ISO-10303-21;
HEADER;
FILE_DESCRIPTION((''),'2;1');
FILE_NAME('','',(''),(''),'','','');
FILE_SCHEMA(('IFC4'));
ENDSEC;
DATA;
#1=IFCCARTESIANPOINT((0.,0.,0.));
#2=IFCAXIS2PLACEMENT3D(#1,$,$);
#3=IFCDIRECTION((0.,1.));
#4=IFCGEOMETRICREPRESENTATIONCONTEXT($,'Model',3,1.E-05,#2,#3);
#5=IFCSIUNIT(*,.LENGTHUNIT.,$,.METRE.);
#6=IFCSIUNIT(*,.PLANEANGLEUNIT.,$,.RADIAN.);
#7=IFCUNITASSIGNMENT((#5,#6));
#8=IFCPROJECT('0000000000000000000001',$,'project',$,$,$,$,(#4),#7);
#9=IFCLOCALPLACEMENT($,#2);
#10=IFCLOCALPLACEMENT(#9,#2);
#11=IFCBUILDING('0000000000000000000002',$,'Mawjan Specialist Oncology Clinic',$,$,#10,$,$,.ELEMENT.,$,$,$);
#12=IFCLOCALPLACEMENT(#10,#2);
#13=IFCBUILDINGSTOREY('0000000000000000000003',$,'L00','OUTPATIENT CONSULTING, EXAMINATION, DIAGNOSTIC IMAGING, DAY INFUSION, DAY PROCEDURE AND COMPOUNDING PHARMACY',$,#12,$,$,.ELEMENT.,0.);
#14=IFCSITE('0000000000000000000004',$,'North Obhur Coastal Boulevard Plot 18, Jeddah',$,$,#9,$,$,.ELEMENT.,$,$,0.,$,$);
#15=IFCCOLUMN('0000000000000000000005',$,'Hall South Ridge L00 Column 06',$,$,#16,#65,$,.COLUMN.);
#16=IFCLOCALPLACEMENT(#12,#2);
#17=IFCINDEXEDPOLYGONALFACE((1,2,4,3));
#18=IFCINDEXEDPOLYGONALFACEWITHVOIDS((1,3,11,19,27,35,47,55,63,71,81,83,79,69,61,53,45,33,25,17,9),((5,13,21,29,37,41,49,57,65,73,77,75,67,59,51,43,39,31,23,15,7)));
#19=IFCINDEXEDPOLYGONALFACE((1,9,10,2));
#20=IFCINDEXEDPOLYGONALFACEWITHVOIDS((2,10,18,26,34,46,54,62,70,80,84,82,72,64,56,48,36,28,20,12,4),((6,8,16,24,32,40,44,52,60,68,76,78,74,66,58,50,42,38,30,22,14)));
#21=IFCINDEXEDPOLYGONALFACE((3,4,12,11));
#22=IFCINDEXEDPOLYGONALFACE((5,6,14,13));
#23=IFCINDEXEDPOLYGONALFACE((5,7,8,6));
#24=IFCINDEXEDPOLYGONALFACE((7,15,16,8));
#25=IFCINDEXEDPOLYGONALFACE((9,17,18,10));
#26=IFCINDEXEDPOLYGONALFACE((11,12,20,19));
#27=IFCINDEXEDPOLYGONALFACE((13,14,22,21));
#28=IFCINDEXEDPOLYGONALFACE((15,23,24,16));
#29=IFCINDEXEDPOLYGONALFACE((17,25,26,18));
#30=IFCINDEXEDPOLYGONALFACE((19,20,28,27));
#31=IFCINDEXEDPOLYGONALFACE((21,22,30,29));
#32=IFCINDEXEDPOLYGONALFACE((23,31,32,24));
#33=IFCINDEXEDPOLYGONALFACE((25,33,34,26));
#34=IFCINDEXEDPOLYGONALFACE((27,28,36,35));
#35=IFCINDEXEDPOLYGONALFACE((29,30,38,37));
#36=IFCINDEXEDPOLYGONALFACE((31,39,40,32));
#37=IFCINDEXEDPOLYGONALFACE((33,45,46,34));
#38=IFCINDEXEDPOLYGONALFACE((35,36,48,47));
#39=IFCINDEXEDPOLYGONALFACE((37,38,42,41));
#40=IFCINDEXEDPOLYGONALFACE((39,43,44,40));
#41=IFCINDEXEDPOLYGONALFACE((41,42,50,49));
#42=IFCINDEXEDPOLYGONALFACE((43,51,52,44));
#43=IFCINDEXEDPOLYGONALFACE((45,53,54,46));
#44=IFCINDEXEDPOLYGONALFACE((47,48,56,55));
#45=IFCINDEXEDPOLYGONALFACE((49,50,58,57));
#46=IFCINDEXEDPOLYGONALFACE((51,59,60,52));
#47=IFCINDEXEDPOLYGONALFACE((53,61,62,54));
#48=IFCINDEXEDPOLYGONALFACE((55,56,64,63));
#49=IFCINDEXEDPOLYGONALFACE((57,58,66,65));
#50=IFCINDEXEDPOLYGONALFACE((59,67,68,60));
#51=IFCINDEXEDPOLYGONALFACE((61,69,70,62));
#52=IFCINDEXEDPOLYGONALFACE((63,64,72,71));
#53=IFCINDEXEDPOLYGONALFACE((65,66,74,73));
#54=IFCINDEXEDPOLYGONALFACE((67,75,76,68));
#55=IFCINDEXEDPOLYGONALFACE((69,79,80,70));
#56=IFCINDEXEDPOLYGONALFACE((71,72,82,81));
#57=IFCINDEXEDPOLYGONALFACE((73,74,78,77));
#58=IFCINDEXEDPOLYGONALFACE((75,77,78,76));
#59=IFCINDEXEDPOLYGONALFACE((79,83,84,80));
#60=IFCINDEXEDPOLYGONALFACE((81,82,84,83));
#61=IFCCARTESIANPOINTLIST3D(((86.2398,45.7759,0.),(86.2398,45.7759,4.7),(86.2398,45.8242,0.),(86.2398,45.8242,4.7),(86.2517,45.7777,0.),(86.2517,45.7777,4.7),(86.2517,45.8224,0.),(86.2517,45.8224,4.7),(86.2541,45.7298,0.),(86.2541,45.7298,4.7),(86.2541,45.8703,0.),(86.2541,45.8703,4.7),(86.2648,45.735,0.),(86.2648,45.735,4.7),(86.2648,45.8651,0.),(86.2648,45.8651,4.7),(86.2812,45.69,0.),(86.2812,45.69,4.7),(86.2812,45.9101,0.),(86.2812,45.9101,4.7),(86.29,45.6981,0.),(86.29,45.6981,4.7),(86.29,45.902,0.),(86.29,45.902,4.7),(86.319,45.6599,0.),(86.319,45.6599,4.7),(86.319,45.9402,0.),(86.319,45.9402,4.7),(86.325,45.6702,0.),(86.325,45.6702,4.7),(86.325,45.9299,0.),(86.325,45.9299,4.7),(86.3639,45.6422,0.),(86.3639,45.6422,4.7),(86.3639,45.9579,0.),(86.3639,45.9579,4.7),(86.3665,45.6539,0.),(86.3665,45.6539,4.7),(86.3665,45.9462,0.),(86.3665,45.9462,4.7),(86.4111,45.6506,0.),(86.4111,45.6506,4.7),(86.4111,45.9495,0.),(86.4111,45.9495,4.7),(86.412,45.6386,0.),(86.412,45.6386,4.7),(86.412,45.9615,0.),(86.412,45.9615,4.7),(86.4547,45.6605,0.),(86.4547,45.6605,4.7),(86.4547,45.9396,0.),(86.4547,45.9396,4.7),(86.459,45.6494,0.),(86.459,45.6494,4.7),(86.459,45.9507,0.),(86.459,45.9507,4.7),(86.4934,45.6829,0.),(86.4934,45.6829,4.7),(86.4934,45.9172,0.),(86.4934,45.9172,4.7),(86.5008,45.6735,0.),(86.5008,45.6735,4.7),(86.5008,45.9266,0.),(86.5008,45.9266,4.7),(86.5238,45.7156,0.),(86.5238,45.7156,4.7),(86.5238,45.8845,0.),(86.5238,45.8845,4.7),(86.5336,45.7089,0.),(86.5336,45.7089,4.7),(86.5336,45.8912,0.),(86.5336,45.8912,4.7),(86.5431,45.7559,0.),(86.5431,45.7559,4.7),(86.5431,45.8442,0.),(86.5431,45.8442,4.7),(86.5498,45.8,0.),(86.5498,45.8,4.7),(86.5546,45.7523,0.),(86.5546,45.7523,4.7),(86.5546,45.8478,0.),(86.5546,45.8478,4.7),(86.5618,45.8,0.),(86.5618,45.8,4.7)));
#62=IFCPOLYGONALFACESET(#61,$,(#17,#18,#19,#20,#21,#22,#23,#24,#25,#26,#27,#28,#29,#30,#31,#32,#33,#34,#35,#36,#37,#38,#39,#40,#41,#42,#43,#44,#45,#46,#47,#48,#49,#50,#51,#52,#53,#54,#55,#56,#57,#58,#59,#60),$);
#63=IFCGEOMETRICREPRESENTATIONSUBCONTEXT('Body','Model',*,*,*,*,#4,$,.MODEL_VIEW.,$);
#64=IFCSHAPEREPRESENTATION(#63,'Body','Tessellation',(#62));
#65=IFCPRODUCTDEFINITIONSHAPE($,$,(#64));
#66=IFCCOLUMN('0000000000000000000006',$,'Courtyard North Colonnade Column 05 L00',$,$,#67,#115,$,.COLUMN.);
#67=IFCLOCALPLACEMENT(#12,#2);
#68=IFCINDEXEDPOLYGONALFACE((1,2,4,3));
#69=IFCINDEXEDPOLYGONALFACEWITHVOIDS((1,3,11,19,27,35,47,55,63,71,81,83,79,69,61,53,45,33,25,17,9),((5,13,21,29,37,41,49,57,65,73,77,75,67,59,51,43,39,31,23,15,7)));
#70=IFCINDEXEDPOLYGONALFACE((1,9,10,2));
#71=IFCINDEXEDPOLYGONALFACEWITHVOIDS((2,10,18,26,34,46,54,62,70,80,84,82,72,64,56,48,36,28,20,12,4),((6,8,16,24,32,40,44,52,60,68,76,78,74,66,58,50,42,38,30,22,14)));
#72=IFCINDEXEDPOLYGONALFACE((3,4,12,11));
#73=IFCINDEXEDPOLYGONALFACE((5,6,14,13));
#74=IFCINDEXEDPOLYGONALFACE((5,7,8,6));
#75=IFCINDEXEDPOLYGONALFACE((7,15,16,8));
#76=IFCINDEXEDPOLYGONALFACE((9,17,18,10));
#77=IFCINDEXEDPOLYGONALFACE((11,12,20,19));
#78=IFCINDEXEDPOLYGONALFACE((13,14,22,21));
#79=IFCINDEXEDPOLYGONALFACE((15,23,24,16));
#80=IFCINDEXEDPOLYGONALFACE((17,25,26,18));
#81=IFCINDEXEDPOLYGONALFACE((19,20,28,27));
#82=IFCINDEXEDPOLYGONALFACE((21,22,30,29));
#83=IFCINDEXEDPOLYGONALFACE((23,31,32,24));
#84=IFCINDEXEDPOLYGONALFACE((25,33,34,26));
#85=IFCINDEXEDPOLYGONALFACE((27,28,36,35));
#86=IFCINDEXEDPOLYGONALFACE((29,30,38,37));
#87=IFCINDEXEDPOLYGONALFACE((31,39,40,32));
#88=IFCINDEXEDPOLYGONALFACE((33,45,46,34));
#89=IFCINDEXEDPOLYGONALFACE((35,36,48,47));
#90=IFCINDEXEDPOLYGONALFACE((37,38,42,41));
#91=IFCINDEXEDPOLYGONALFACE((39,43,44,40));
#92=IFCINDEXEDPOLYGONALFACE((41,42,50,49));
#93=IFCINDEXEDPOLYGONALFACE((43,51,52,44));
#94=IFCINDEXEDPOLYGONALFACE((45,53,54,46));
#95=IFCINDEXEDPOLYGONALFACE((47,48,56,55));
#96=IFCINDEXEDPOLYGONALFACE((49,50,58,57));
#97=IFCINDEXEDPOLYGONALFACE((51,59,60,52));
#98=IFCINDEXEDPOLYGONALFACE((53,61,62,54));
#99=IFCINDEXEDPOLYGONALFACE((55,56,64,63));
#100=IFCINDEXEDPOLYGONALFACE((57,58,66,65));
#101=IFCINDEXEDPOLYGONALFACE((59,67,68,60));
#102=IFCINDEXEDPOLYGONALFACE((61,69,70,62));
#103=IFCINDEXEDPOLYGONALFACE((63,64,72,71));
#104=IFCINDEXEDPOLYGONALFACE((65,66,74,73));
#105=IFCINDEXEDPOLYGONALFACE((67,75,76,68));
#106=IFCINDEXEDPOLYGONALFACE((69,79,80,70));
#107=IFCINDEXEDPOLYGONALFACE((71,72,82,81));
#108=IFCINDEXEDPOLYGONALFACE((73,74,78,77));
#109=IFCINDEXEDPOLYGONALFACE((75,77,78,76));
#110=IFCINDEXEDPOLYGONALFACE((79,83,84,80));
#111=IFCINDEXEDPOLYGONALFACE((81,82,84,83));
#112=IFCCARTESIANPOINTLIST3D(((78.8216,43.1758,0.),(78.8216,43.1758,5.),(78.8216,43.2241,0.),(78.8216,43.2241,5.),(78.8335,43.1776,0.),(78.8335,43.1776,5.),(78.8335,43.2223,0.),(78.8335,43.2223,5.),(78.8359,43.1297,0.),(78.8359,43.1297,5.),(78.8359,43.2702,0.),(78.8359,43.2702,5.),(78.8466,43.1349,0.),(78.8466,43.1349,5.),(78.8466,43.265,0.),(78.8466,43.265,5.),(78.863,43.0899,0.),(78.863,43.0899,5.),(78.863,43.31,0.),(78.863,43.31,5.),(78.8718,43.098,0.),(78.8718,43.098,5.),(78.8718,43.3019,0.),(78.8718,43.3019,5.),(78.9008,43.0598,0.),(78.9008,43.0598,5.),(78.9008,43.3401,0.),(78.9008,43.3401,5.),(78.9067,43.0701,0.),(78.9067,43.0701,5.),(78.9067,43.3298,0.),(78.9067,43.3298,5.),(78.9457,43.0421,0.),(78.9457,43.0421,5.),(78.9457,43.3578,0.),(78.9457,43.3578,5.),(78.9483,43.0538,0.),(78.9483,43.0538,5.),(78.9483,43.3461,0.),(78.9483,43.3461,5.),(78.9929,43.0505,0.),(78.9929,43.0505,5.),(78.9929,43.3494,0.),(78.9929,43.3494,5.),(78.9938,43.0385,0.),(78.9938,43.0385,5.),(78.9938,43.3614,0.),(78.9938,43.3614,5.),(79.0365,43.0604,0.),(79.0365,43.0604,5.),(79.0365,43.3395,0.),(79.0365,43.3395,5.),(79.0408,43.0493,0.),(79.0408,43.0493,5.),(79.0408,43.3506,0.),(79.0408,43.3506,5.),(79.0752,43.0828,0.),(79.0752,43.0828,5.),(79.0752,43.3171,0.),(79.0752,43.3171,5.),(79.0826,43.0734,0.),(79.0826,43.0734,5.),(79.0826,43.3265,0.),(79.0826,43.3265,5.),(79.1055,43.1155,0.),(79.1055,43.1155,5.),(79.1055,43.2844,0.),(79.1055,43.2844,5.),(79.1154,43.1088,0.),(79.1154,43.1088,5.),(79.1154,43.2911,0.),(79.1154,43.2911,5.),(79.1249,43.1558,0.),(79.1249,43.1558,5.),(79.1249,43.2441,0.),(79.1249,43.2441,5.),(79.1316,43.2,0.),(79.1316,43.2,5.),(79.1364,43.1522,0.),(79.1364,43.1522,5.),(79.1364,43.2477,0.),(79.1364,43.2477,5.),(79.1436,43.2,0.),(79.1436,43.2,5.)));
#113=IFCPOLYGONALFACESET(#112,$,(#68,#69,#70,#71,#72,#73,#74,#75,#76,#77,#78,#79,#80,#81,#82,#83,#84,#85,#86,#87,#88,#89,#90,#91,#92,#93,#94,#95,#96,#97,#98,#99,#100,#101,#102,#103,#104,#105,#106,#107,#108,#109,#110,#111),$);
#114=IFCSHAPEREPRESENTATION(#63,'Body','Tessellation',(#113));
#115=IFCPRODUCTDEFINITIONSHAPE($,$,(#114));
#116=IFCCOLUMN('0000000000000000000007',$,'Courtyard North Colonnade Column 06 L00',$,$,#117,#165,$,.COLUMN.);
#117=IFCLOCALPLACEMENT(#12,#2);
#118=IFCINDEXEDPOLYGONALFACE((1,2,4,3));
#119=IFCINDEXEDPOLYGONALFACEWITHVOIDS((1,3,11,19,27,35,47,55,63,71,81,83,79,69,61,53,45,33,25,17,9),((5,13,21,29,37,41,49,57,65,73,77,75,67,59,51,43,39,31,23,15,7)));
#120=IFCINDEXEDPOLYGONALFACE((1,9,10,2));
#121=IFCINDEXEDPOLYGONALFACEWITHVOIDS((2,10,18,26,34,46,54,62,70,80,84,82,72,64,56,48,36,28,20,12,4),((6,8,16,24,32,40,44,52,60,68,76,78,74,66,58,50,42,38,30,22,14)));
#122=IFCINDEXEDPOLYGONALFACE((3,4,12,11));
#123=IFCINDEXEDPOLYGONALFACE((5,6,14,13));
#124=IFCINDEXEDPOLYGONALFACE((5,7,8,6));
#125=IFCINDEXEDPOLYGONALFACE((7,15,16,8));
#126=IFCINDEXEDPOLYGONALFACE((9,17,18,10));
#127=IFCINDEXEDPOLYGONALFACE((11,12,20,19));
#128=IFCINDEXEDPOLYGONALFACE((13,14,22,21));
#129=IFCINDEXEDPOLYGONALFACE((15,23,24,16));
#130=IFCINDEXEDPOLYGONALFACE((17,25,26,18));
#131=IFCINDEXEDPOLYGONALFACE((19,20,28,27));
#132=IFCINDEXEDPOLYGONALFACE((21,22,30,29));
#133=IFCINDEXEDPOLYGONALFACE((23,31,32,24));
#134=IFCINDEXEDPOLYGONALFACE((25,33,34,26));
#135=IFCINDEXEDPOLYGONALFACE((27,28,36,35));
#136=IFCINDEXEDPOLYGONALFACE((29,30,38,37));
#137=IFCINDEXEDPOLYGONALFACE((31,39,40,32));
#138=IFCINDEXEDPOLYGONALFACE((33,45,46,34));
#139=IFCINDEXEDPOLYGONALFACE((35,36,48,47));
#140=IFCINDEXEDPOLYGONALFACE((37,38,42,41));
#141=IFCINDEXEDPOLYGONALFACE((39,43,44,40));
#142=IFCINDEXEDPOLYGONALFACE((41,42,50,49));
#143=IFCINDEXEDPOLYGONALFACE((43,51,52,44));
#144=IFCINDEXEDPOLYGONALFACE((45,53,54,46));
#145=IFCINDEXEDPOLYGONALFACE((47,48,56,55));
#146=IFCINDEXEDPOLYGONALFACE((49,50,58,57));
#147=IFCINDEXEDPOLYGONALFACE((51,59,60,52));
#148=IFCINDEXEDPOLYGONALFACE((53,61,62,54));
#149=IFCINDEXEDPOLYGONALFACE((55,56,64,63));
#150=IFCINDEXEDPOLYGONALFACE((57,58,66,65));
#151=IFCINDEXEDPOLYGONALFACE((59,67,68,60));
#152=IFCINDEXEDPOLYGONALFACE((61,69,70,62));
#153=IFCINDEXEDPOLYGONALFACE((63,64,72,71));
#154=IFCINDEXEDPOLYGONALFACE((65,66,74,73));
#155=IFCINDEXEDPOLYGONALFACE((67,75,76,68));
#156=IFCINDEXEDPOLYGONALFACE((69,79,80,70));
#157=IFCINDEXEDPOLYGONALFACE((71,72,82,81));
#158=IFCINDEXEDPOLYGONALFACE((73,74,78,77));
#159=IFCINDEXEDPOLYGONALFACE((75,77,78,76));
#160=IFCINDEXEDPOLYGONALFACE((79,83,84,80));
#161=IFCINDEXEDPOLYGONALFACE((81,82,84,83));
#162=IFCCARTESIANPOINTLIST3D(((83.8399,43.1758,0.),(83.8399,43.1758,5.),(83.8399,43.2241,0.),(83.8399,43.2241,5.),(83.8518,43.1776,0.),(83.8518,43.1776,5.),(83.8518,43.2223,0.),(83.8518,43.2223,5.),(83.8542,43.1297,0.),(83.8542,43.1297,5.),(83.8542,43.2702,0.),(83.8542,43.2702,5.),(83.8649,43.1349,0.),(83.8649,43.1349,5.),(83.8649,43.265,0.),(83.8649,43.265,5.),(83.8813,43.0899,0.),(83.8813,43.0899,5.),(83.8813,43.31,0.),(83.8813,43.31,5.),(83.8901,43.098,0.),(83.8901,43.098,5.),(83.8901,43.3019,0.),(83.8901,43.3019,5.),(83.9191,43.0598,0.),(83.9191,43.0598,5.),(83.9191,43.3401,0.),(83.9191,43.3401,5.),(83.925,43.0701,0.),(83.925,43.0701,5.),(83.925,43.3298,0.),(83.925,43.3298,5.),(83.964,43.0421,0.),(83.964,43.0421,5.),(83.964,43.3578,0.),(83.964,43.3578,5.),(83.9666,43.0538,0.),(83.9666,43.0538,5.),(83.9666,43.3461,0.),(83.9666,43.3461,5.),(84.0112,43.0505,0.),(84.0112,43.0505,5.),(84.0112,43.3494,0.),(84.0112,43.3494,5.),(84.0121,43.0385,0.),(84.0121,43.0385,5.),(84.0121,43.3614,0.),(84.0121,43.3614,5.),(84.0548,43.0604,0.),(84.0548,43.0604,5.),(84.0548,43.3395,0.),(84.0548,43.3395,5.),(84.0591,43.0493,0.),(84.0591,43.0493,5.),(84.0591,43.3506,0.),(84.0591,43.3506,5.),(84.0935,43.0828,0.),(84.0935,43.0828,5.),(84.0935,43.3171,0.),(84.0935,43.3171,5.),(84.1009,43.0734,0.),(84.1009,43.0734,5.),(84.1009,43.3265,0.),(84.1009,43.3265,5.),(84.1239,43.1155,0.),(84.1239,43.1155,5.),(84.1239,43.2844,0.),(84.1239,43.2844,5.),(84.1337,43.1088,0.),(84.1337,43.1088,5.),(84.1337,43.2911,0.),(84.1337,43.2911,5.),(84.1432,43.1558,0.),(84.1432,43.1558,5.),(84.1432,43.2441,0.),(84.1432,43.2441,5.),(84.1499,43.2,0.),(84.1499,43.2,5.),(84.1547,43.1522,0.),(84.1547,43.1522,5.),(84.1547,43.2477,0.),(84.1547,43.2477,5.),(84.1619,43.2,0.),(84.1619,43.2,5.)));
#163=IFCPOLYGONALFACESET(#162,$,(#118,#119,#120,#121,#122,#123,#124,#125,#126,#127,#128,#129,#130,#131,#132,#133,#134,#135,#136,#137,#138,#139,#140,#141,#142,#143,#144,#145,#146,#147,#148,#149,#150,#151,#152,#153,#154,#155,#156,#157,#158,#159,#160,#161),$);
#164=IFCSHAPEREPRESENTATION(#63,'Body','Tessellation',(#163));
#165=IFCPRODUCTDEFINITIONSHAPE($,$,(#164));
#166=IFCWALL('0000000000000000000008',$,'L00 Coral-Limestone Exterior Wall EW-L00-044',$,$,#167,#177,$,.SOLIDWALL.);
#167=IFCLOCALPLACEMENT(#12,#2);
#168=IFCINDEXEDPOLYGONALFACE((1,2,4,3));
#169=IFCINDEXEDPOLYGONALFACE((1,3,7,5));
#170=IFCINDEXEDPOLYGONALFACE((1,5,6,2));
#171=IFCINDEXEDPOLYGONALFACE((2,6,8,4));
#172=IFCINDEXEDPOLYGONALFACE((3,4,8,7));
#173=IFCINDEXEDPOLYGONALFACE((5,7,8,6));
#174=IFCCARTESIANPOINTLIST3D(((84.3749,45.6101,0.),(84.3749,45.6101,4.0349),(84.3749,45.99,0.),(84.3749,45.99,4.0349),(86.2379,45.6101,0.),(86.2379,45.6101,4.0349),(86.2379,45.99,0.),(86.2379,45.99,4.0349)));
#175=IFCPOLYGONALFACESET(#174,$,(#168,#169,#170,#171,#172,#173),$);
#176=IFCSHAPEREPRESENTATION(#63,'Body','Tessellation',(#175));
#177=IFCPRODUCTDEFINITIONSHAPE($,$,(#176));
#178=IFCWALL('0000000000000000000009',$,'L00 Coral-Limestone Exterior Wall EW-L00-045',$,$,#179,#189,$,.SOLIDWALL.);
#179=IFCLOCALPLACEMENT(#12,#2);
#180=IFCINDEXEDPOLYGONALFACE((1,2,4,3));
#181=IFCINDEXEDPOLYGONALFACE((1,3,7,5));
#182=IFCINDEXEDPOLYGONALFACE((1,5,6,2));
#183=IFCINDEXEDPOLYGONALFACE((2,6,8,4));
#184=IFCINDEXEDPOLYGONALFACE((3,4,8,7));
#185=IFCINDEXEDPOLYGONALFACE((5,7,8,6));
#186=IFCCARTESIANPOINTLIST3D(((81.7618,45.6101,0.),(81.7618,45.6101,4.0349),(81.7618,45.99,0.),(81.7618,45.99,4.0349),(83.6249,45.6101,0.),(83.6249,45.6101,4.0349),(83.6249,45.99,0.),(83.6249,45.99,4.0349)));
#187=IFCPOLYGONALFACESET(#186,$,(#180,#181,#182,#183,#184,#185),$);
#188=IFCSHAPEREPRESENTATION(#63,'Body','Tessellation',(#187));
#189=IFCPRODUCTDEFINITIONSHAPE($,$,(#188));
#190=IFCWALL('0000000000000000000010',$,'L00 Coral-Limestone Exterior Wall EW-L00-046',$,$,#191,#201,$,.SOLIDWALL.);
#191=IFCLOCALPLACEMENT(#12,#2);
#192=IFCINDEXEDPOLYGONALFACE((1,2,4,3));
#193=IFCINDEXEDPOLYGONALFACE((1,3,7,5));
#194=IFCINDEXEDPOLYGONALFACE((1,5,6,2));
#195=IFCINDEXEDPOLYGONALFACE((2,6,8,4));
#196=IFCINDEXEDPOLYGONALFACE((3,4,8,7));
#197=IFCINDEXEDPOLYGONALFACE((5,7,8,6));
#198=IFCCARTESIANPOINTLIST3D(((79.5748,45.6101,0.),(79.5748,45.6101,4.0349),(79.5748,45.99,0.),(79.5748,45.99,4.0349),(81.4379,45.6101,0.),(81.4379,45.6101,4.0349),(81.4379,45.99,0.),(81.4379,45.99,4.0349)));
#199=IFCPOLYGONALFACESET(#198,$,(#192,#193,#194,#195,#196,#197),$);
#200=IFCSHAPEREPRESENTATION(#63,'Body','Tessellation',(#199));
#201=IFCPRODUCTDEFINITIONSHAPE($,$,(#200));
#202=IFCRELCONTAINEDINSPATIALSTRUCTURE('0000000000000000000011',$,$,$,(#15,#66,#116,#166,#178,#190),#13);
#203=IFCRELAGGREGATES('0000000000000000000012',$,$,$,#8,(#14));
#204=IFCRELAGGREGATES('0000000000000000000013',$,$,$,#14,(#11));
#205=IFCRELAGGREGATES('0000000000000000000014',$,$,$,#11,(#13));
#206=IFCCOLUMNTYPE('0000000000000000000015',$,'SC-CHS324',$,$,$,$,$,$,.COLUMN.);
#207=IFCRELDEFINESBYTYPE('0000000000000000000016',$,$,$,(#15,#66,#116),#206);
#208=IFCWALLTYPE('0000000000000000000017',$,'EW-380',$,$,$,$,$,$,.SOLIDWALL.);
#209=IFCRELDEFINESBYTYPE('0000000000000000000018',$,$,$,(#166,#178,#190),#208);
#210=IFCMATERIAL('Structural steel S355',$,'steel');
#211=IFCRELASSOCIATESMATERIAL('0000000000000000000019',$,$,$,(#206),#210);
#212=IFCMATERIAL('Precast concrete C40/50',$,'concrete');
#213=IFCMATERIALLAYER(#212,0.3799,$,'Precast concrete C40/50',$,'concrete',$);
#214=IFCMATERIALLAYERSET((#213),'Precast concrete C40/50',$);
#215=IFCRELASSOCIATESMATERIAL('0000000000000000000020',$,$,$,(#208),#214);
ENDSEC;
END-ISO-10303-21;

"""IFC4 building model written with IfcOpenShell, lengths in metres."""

from ifc_helpers import new_model, si_unit, direction, frame, frame_2d, origin, origin_2d, place, context, subcontext, project, spatial, rectangle, hollow_circle, extrude, material, layer, layer_set, material_profile, profile_set, type_object, element, save


model = new_model("IFC4")

# Units and contexts
model_context = context("Model", 3, precision=1e-05, world=origin(), true_north=direction((0.0, 1.0)))
body_context = subcontext(model_context, "Body", "Model", "MODEL_VIEW")
ifc_project = project(units=[si_unit("LENGTHUNIT", "METRE"), si_unit("PLANEANGLEUNIT", "RADIAN")], contexts=[model_context])

# Site, building, storey
site_placement = place(None, origin())
site = spatial("IfcSite", under=ifc_project, at=site_placement, Name="North Obhur Coastal Boulevard Plot 18, Jeddah", CompositionType="ELEMENT", RefElevation=0.0)
building_placement = place(site_placement, origin())
building = spatial("IfcBuilding", under=site, at=building_placement, Name="Mawjan Specialist Oncology Clinic", CompositionType="ELEMENT")
storey_placement = place(building_placement, origin())
storey = spatial("IfcBuildingStorey", under=building, at=storey_placement, Name="L00", Description="OUTPATIENT CONSULTING, EXAMINATION, DIAGNOSTIC IMAGING, DAY INFUSION, DAY PROCEDURE AND COMPOUNDING PHARMACY", CompositionType="ELEMENT", Elevation=0.0)

# Columns
ifc_material_1 = material(Name="Structural steel S355", Category="steel")
ifc_material_profile_1 = material_profile(ifc_material_1, hollow_circle(Radius=0.1619, WallThickness=0.012, at=origin_2d()), Name="CHS 323.9x12", Category="steel")
ifc_profile_set_1 = profile_set([ifc_material_profile_1], Name="Structural steel S355")
column_type_1 = type_object("IfcColumnType", Name="SC-CHS324", PredefinedType="COLUMN", material=ifc_profile_set_1)
for number, where, z_axis, x_axis, name in (
    (1, (86.3999, 45.8, 0.0), (0.0, 0.0, 1.0), (1.0, 0.0, 0.0), "Hall South Ridge L00 Column 06"),
):
    element("IfcColumn", number, at=place(storey_placement, frame(where, z_axis=z_axis, x_axis=x_axis)), inside=storey, type_object=column_type_1, Name=name, PredefinedType="COLUMN", context=body_context, shape_type="SweptSolid", body=[
        extrude(hollow_circle(Radius=0.1619, WallThickness=0.012, at=origin_2d()), origin(), (0.0, 0.0, 1.0), 4.7),
    ])
for number, where, z_axis, x_axis, name in (
    (2, (78.9817, 43.2, 0.0), (0.0, 0.0, 1.0), (1.0, 0.0, 0.0), "Courtyard North Colonnade Column 05 L00"),
    (3, (84.0, 43.2, 0.0), (0.0, 0.0, 1.0), (1.0, 0.0, 0.0), "Courtyard North Colonnade Column 06 L00"),
):
    element("IfcColumn", number, at=place(storey_placement, frame(where, z_axis=z_axis, x_axis=x_axis)), inside=storey, type_object=column_type_1, Name=name, PredefinedType="COLUMN", context=body_context, shape_type="SweptSolid", body=[
        extrude(hollow_circle(Radius=0.1619, WallThickness=0.012, at=origin_2d()), origin(), (0.0, 0.0, 1.0), 5.0),
    ])

# Walls
ifc_material_2 = material(Name="Precast concrete C40/50", Category="concrete")
ifc_layer = layer(ifc_material_2, 0.3799, Name="Precast concrete C40/50", Category="concrete")
ifc_layer_set = layer_set([ifc_layer], Name="Precast concrete C40/50")
wall_type = type_object("IfcWallType", Name="EW-380", PredefinedType="SOLIDWALL", material=ifc_layer_set)
for number, where, z_axis, x_axis, name in (
    (4, (86.238, 45.8, 0.0), (0.0, 0.0, 1.0), (-1.0, 0.0, 0.0), "L00 Coral-Limestone Exterior Wall EW-L00-044"),
    (5, (83.625, 45.8, 0.0), (0.0, 0.0, 1.0), (-1.0, 0.0, 0.0), "L00 Coral-Limestone Exterior Wall EW-L00-045"),
    (6, (81.438, 45.8, 0.0), (0.0, 0.0, 1.0), (-1.0, 0.0, 0.0), "L00 Coral-Limestone Exterior Wall EW-L00-046"),
):
    element("IfcWall", number, at=place(storey_placement, frame(where, z_axis=z_axis, x_axis=x_axis)), inside=storey, type_object=wall_type, Name=name, PredefinedType="SOLIDWALL", context=body_context, shape_type="SweptSolid", body=[
        extrude(rectangle(XDim=1.863, YDim=0.3799, at=frame_2d((0.9316, 0.0))), origin(), (0.0, 0.0, 1.0), 4.0349),
    ])

save(model, "model.ifc")
